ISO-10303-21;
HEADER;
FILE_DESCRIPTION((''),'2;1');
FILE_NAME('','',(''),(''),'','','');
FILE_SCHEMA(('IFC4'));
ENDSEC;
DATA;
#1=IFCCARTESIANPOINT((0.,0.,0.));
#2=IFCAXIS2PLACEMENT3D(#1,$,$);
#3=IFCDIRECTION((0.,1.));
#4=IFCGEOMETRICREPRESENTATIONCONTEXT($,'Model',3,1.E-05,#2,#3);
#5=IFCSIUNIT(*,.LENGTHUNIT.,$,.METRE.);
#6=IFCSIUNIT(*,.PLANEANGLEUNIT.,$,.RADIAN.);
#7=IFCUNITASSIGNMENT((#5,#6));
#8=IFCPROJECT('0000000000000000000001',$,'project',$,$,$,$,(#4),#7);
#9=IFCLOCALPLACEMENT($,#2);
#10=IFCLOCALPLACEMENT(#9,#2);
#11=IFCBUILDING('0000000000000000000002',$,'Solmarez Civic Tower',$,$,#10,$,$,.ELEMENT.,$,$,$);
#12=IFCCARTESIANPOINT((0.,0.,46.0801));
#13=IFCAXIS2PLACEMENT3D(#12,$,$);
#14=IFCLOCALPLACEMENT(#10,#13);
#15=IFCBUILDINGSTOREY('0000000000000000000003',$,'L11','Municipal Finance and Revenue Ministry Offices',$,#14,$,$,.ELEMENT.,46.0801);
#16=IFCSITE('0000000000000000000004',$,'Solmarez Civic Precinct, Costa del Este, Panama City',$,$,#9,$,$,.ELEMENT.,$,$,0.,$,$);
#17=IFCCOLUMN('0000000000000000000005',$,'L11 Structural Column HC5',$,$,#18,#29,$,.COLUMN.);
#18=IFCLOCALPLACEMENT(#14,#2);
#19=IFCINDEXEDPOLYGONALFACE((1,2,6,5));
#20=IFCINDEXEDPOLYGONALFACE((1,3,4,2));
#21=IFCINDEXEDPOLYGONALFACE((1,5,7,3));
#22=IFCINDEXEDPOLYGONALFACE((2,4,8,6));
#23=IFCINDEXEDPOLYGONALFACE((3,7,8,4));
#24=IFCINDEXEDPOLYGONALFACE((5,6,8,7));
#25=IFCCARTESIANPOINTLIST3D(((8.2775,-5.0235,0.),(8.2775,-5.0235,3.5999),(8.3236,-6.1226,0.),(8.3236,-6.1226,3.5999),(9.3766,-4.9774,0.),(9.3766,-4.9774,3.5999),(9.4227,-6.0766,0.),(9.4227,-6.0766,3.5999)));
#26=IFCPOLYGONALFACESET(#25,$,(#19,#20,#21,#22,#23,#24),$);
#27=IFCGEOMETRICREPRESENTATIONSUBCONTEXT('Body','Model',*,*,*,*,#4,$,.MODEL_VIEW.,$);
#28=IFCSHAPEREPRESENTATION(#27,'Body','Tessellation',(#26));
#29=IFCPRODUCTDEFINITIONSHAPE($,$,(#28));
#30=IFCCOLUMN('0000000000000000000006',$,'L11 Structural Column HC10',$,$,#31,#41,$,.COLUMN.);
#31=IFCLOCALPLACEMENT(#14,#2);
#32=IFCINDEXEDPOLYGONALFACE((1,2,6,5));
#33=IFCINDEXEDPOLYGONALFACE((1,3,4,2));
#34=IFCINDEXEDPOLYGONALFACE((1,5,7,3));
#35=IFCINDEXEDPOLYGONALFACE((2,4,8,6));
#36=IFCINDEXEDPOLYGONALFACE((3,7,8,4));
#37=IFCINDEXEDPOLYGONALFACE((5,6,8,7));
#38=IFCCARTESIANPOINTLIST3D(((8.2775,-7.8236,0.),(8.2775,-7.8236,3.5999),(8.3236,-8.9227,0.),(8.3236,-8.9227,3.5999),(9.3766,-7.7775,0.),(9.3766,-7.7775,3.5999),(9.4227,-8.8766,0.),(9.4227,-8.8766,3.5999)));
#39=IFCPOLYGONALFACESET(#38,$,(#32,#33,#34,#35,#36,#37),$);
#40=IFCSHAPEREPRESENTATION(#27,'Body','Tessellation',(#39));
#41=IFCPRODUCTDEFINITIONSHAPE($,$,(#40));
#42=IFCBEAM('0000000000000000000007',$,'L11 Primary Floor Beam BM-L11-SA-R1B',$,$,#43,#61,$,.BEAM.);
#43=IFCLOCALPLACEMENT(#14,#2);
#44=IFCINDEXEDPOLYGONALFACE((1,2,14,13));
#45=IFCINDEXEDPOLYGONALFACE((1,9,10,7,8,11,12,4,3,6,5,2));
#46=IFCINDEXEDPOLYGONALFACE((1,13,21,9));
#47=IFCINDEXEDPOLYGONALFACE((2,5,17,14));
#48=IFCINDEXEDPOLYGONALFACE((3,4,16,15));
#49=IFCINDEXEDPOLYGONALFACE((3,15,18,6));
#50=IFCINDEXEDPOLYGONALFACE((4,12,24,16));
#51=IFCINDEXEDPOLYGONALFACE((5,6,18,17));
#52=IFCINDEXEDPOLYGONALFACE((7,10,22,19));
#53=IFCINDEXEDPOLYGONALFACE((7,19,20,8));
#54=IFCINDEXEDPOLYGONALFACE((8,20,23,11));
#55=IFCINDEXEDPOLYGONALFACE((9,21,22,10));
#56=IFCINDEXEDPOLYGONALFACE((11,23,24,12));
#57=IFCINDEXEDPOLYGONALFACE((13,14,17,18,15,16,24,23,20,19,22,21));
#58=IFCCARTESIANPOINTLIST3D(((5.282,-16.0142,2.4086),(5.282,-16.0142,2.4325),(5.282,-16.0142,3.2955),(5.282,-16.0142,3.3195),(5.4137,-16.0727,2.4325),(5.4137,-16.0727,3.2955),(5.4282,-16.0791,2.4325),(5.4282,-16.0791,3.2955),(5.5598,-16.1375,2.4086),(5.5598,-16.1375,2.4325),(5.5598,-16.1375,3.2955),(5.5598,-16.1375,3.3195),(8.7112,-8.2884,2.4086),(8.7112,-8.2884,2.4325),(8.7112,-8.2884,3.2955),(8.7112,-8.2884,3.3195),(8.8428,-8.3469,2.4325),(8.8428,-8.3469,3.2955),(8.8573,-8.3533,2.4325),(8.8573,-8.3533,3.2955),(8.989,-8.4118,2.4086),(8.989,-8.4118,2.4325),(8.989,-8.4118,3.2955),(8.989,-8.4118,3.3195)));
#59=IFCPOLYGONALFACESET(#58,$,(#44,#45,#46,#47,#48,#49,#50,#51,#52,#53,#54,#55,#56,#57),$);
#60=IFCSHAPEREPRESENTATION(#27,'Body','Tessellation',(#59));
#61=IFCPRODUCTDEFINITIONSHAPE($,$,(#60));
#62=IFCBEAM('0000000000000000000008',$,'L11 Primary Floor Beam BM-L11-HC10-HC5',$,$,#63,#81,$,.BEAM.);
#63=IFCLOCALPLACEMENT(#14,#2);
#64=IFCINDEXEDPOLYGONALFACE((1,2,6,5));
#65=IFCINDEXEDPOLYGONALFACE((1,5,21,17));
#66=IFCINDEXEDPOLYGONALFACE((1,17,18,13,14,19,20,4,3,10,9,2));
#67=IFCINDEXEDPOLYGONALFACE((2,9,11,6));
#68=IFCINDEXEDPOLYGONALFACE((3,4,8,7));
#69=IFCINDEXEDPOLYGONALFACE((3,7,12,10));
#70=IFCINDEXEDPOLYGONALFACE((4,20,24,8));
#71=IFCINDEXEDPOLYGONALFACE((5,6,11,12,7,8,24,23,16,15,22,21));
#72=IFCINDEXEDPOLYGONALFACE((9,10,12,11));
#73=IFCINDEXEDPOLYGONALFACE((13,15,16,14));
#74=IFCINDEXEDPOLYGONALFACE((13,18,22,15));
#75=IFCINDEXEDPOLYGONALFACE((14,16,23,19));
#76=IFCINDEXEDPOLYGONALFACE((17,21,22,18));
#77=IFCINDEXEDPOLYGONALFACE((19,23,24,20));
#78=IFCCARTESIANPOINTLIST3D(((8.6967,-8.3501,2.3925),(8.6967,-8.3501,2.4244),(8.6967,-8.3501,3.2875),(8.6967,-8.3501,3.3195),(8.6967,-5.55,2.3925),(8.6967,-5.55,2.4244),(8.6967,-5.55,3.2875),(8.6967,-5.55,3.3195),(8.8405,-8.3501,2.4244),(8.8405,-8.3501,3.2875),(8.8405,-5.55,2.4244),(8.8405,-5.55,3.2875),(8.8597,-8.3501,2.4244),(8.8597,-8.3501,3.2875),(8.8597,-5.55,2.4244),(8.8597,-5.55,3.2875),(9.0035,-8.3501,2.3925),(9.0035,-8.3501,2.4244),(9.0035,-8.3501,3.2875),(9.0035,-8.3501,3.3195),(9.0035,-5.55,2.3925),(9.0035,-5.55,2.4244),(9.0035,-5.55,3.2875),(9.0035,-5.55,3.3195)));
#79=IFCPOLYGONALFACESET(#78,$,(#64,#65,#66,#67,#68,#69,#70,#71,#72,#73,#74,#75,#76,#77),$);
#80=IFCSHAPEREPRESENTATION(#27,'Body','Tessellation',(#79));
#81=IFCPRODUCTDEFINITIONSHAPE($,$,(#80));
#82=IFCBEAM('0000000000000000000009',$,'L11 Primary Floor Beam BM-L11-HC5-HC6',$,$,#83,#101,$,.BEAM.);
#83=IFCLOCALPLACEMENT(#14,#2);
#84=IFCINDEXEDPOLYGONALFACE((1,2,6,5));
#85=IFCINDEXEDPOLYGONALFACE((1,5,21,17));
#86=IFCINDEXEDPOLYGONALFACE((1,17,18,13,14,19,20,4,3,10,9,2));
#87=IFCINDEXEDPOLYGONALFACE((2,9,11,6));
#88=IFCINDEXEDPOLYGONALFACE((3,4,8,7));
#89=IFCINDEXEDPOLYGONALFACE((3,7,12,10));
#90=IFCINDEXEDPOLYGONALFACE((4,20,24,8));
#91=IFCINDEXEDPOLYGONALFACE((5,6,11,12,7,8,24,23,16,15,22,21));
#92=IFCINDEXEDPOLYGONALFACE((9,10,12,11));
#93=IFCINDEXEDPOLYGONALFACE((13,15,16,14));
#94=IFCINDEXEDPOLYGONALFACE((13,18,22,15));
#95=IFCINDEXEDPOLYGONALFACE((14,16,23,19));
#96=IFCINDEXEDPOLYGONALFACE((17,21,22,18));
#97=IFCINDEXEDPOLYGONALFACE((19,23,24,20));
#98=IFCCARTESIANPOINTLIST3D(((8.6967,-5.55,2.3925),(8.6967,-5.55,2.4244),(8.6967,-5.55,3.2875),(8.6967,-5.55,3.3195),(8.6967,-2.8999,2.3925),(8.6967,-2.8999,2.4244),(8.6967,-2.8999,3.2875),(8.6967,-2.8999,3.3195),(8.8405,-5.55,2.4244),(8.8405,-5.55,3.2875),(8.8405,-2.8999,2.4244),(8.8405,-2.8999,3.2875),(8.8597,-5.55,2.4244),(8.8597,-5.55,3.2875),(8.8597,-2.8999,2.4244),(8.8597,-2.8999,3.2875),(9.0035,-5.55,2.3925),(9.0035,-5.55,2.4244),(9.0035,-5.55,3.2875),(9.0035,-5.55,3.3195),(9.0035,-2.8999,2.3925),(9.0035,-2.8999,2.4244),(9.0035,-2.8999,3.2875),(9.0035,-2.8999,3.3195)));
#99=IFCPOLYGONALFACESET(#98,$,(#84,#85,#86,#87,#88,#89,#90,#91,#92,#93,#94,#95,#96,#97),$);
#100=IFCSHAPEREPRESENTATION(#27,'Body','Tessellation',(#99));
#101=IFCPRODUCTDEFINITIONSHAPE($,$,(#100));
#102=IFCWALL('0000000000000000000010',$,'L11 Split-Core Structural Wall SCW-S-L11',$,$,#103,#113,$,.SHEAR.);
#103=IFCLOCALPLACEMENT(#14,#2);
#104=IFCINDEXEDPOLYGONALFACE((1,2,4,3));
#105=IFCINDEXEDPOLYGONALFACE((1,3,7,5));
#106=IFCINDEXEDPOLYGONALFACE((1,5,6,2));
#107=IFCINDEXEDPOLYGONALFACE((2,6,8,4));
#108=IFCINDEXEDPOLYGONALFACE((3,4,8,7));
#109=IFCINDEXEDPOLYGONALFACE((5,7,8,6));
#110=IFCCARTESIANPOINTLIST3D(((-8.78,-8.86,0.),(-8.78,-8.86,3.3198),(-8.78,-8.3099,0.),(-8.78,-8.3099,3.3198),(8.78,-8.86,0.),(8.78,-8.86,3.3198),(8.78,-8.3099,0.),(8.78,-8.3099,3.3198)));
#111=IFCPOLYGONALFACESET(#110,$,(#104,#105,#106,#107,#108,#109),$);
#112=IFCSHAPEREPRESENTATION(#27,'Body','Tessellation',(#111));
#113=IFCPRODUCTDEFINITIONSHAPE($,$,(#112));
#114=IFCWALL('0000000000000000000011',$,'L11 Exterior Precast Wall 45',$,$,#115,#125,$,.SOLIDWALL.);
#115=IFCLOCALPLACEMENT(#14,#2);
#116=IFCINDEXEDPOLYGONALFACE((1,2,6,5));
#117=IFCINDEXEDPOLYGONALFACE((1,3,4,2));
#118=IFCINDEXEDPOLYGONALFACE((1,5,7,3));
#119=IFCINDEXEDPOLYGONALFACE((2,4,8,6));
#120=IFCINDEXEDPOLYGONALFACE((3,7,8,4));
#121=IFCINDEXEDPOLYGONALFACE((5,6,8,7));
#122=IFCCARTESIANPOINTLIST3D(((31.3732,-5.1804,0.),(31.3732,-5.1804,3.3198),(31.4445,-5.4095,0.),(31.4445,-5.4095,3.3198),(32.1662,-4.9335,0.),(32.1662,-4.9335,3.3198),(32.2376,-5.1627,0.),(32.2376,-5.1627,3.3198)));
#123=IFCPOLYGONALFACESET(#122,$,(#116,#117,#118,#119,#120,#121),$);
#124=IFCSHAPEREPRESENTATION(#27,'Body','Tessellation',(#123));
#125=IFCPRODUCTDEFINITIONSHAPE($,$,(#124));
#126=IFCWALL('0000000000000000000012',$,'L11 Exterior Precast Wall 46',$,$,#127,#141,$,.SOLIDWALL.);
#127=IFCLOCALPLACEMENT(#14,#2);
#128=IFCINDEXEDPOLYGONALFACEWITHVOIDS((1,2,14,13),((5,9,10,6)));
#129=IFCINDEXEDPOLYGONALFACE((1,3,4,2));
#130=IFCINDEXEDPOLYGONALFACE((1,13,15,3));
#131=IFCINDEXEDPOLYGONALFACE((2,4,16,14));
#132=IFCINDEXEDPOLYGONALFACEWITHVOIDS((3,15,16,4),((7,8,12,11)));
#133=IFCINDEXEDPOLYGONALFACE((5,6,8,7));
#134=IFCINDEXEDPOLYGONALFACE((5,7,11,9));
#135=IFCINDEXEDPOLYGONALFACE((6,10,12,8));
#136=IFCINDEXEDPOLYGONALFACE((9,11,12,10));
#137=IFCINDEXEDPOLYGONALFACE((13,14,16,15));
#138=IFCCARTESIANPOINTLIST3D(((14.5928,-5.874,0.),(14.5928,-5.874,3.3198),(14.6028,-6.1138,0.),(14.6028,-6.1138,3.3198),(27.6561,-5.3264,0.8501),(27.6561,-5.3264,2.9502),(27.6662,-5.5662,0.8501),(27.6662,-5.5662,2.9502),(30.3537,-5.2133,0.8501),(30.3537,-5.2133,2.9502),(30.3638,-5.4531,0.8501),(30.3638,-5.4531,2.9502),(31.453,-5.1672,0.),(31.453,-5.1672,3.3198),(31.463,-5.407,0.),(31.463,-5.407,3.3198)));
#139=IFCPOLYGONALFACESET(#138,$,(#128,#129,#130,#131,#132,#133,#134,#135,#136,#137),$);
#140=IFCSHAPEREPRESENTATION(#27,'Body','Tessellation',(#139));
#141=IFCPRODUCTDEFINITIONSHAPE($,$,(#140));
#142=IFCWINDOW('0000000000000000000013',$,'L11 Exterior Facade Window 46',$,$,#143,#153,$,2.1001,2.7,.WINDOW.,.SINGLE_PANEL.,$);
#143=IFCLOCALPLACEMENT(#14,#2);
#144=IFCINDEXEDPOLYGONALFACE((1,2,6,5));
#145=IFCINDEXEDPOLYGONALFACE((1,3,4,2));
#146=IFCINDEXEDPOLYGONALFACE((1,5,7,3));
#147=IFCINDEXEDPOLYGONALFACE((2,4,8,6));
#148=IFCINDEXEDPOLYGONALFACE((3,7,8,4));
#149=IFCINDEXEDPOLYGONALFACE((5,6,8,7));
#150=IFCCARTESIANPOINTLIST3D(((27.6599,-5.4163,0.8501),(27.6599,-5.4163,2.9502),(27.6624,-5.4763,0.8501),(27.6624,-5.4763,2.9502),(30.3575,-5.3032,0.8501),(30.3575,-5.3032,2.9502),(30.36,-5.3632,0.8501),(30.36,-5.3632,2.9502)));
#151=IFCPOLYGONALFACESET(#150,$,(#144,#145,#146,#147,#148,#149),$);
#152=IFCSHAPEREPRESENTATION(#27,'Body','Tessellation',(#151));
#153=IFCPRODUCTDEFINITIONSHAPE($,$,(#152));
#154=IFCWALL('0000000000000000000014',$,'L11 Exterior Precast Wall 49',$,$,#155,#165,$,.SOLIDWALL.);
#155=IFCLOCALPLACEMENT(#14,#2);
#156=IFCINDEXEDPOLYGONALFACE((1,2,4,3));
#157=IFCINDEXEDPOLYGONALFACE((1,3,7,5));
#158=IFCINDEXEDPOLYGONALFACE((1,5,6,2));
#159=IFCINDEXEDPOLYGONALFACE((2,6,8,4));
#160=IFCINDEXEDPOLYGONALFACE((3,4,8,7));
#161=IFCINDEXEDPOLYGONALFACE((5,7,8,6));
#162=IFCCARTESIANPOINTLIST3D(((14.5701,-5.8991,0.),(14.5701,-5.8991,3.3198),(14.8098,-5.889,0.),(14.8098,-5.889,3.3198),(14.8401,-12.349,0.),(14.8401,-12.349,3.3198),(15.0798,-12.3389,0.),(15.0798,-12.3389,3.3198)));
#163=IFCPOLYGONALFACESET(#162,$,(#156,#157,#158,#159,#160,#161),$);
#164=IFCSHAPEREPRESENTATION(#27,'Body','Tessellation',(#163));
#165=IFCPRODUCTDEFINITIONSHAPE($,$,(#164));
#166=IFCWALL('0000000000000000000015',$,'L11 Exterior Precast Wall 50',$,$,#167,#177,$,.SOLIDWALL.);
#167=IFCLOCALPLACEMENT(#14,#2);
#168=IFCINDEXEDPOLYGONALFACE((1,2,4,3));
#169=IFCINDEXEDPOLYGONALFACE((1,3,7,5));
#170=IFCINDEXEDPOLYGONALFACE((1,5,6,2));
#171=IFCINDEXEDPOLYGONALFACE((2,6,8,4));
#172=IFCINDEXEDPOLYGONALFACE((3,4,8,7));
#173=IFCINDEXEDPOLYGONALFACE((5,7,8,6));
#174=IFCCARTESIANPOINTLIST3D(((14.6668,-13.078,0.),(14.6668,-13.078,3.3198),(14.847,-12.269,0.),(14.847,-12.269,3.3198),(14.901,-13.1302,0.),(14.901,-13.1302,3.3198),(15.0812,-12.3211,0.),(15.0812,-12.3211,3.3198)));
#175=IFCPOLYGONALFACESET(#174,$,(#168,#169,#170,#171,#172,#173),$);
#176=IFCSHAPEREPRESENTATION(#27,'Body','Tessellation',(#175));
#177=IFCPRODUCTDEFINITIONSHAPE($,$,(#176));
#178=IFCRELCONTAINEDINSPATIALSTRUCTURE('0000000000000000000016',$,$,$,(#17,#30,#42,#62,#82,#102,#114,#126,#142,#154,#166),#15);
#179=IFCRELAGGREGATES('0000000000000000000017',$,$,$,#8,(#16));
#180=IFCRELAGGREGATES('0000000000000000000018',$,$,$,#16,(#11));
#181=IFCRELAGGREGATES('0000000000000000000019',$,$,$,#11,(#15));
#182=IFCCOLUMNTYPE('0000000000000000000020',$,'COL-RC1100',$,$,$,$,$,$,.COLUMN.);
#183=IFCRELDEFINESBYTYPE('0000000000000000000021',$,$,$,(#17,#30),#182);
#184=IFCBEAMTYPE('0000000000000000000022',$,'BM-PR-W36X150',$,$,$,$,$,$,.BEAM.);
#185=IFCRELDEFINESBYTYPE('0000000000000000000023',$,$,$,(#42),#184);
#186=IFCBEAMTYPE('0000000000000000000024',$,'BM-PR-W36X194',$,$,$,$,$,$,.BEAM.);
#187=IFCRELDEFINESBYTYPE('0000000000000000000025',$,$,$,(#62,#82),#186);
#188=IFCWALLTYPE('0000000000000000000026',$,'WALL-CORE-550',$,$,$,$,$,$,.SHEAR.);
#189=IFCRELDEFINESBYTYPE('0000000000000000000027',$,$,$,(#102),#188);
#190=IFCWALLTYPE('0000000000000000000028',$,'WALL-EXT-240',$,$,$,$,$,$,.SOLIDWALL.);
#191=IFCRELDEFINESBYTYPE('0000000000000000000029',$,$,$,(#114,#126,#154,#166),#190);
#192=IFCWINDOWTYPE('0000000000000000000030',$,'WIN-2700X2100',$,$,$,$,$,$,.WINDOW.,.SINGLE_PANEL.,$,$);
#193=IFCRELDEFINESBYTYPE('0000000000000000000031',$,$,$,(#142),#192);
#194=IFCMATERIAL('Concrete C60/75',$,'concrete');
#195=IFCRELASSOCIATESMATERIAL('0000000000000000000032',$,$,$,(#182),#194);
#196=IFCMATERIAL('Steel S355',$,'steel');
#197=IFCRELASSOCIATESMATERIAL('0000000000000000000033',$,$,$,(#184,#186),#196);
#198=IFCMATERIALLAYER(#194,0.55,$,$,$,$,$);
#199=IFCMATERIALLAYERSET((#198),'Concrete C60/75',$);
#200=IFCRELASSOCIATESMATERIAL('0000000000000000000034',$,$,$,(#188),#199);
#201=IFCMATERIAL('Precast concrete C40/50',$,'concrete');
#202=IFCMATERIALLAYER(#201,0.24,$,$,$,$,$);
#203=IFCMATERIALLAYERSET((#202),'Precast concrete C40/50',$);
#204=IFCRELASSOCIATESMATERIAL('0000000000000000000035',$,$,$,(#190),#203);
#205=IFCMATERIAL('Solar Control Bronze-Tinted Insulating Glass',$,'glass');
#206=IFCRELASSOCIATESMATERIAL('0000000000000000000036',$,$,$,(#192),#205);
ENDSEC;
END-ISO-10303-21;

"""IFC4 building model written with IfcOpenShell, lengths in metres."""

from ifc_helpers import new_model, si_unit, direction, frame, frame_2d, origin, origin_2d, place, context, subcontext, project, spatial, rectangle, i_section, extrude, material, layer, layer_set, material_profile, profile_set, type_object, element, fill, save


model = new_model("IFC4")

# Units and contexts
model_context = context("Model", 3, precision=1e-05, world=origin(), true_north=direction((0.0, 1.0)))
body_context = subcontext(model_context, "Body", "Model", "MODEL_VIEW")
ifc_project = project(units=[si_unit("LENGTHUNIT", "METRE"), si_unit("PLANEANGLEUNIT", "RADIAN")], contexts=[model_context])

# Site, building, storey
site_placement = place(None, origin())
site = spatial("IfcSite", under=ifc_project, at=site_placement, Name="Solmarez Civic Precinct, Costa del Este, Panama City", CompositionType="ELEMENT", RefElevation=0.0)
building_placement = place(site_placement, origin())
building = spatial("IfcBuilding", under=site, at=building_placement, Name="Solmarez Civic Tower", CompositionType="ELEMENT")
storey_placement = place(building_placement, frame((0.0, 0.0, 46.0801)))
storey = spatial("IfcBuildingStorey", under=building, at=storey_placement, Name="L11", Description="Municipal Finance and Revenue Ministry Offices", CompositionType="ELEMENT", Elevation=46.0801)

# Columns
ifc_material_1 = material(Name="Concrete C60/75", Category="concrete")
ifc_material_profile_1 = material_profile(ifc_material_1, rectangle(XDim=1.1001, YDim=1.1001, at=origin_2d()), Name="RC1100X1100")
ifc_profile_set_1 = profile_set([ifc_material_profile_1], Name="Concrete C60/75")
column_type = type_object("IfcColumnType", Name="COL-RC1100", PredefinedType="COLUMN", material=ifc_profile_set_1)
for number, where, z_axis, x_axis, name in (
    (1, (8.8501, -5.55, 0.0), (0.0, 0.0, 1.0), (0.999123, 0.041876, 0.0), "L11 Structural Column HC5"),
    (2, (8.8501, -8.3501, 0.0), (0.0, 0.0, 1.0), (0.999123, 0.041876, 0.0), "L11 Structural Column HC10"),
):
    element("IfcColumn", number, at=place(storey_placement, frame(where, z_axis=z_axis, x_axis=x_axis)), inside=storey, type_object=column_type, Name=name, PredefinedType="COLUMN", context=body_context, shape_type="SweptSolid", body=[
        extrude(rectangle(XDim=1.1001, YDim=1.1001, at=origin_2d()), origin(), (0.0, 0.0, 1.0), 3.5999),
    ])

# Beams
ifc_material_2 = material(Name="Steel S355", Category="steel")
ifc_material_profile_2 = material_profile(ifc_material_2, i_section(OverallWidth=0.304, OverallDepth=0.9109, WebThickness=0.0159, FlangeThickness=0.0239, at=origin_2d()), Name="W36X150")
ifc_profile_set_2 = profile_set([ifc_material_profile_2], Name="Steel S355")
beam_type_1 = type_object("IfcBeamType", Name="BM-PR-W36X150", PredefinedType="BEAM", material=ifc_profile_set_2)
beam_1_placement = place(storey_placement, frame((8.8501, -8.3501, 2.864), z_axis=(-0.405694, -0.914009, 0.0), x_axis=(0.914009, -0.405694, 0.0)))
element("IfcBeam", 3, at=beam_1_placement, inside=storey, type_object=beam_type_1, Name="L11 Primary Floor Beam BM-L11-SA-R1B", PredefinedType="BEAM", context=body_context, shape_type="SweptSolid", body=[
    extrude(i_section(OverallWidth=0.304, OverallDepth=0.9109, WebThickness=0.0159, FlangeThickness=0.0239, at=origin_2d()), origin(), (0.0, 0.0, 1.0), 8.4526),
])
ifc_material_profile_3 = material_profile(ifc_material_2, i_section(OverallWidth=0.3069, OverallDepth=0.927, WebThickness=0.0193, FlangeThickness=0.032, at=origin_2d()), Name="W36X194")
ifc_profile_set_3 = profile_set([ifc_material_profile_3], Name="Steel S355")
beam_type_2 = type_object("IfcBeamType", Name="BM-PR-W36X194", PredefinedType="BEAM", material=ifc_profile_set_3)
beam_2_placement = place(storey_placement, frame((8.8501, -8.3501, 2.856), z_axis=(0.0, 1.0, 0.0), x_axis=(-1.0, 0.0, 0.0)))
element("IfcBeam", 4, at=beam_2_placement, inside=storey, type_object=beam_type_2, Name="L11 Primary Floor Beam BM-L11-HC10-HC5", PredefinedType="BEAM", context=body_context, shape_type="SweptSolid", body=[
    extrude(i_section(OverallWidth=0.3069, OverallDepth=0.927, WebThickness=0.0193, FlangeThickness=0.032, at=origin_2d()), origin(), (0.0, 0.0, 1.0), 2.8),
])
beam_3_placement = place(storey_placement, frame((8.8501, -5.55, 2.856), z_axis=(0.0, 1.0, 0.0), x_axis=(-1.0, 0.0, 0.0)))
element("IfcBeam", 5, at=beam_3_placement, inside=storey, type_object=beam_type_2, Name="L11 Primary Floor Beam BM-L11-HC5-HC6", PredefinedType="BEAM", context=body_context, shape_type="SweptSolid", body=[
    extrude(i_section(OverallWidth=0.3069, OverallDepth=0.927, WebThickness=0.0193, FlangeThickness=0.032, at=origin_2d()), origin(), (0.0, 0.0, 1.0), 2.6501),
])

# Walls
ifc_layer_1 = layer(ifc_material_1, 0.55)
ifc_layer_set_1 = layer_set([ifc_layer_1], Name="Concrete C60/75")
wall_type_1 = type_object("IfcWallType", Name="WALL-CORE-550", PredefinedType="SHEAR", material=ifc_layer_set_1)
wall_1_placement = place(storey_placement, frame((8.78, -8.585, 0.0), z_axis=(0.0, 0.0, 1.0), x_axis=(-1.0, 0.0, 0.0)))
element("IfcWall", 6, at=wall_1_placement, inside=storey, type_object=wall_type_1, Name="L11 Split-Core Structural Wall SCW-S-L11", PredefinedType="SHEAR", context=body_context, shape_type="SweptSolid", body=[
    extrude(rectangle(XDim=17.5601, YDim=0.55, at=frame_2d((8.78, 0.0))), origin(), (0.0, 0.0, 1.0), 3.3198),
])
ifc_material_3 = material(Name="Precast concrete C40/50", Category="concrete")
ifc_layer_2 = layer(ifc_material_3, 0.24)
ifc_layer_set_2 = layer_set([ifc_layer_2], Name="Precast concrete C40/50")
wall_type_2 = type_object("IfcWallType", Name="WALL-EXT-240", PredefinedType="SOLIDWALL", material=ifc_layer_set_2)
wall_2_placement = place(storey_placement, frame((32.2019, -5.0481, 0.0), z_axis=(0.0, 0.0, 1.0), x_axis=(-0.954814, -0.297204, 0.0)))
element("IfcWall", 7, at=wall_2_placement, inside=storey, type_object=wall_type_2, Name="L11 Exterior Precast Wall 45", PredefinedType="SOLIDWALL", context=body_context, shape_type="SweptSolid", body=[
    extrude(rectangle(XDim=0.8306, YDim=0.24, at=frame_2d((0.4153, 0.0))), origin(), (0.0, 0.0, 1.0), 3.3198),
])

# Wall, opening, window
wall_3_placement = place(storey_placement, frame((31.458, -5.2871, 0.0), z_axis=(0.0, 0.0, 1.0), x_axis=(-0.999122, -0.041884, 0.0)))
wall_3 = element("IfcWall", 8, at=wall_3_placement, inside=storey, type_object=wall_type_2, Name="L11 Exterior Precast Wall 46", PredefinedType="SOLIDWALL", context=body_context, shape_type="SweptSolid", body=[
    extrude(rectangle(XDim=16.875, YDim=0.24, at=frame_2d((8.4375, 0.0))), origin(), (0.0, 0.0, 1.0), 3.3198),
])
opening_1_placement = place(wall_3_placement, frame((1.1001, 0.0, 0.8501)))
opening_1 = element("IfcOpeningElement", 9, at=opening_1_placement, cuts=wall_3, PredefinedType="OPENING", context=body_context, shape_type="SweptSolid", body=[
    extrude(rectangle(XDim=2.7, YDim=2.1001, at=frame_2d((1.3501, 1.05))), frame((0.0, 0.1299, 0.0), z_axis=(0.0, -1.0, 0.0), x_axis=(1.0, 0.0, 0.0)), (0.0, 0.0, 1.0), 0.26),
])
ifc_material_4 = material(Name="Solar Control Bronze-Tinted Insulating Glass", Category="glass")
window_type = type_object("IfcWindowType", Name="WIN-2700X2100", PartitioningType="SINGLE_PANEL", PredefinedType="WINDOW", material=ifc_material_4)
window_placement = place(opening_1_placement, origin())
window = element("IfcWindow", 10, at=window_placement, inside=storey, type_object=window_type, Name="L11 Exterior Facade Window 46", OverallHeight=2.1001, OverallWidth=2.7, PartitioningType="SINGLE_PANEL", PredefinedType="WINDOW", context=body_context, shape_type="SweptSolid", body=[
    extrude(rectangle(XDim=2.7, YDim=2.1001, at=frame_2d((1.3501, 1.05))), frame((0.0, 0.03, 0.0), z_axis=(0.0, -1.0, 0.0), x_axis=(1.0, 0.0, 0.0)), (0.0, 0.0, 1.0), 0.0601),
])
fill(opening_1, window)

# Walls
wall_4_placement = place(storey_placement, frame((14.6899, -5.894, 0.0), z_axis=(0.0, 0.0, 1.0), x_axis=(0.041827, -0.999125, 0.0)))
element("IfcWall", 11, at=wall_4_placement, inside=storey, type_object=wall_type_2, Name="L11 Exterior Precast Wall 49", PredefinedType="SOLIDWALL", context=body_context, shape_type="SweptSolid", body=[
    extrude(rectangle(XDim=6.4556, YDim=0.24, at=frame_2d((3.2278, 0.0))), origin(), (0.0, 0.0, 1.0), 3.3198),
])
wall_5_placement = place(storey_placement, frame((14.9641, -12.2949, 0.0), z_axis=(0.0, 0.0, 1.0), x_axis=(-0.217367, -0.97609, 0.0)))
element("IfcWall", 12, at=wall_5_placement, inside=storey, type_object=wall_type_2, Name="L11 Exterior Precast Wall 50", PredefinedType="SOLIDWALL", context=body_context, shape_type="SweptSolid", body=[
    extrude(rectangle(XDim=0.8289, YDim=0.24, at=frame_2d((0.4146, 0.0))), origin(), (0.0, 0.0, 1.0), 3.3198),
])

save(model, "model.ifc")
